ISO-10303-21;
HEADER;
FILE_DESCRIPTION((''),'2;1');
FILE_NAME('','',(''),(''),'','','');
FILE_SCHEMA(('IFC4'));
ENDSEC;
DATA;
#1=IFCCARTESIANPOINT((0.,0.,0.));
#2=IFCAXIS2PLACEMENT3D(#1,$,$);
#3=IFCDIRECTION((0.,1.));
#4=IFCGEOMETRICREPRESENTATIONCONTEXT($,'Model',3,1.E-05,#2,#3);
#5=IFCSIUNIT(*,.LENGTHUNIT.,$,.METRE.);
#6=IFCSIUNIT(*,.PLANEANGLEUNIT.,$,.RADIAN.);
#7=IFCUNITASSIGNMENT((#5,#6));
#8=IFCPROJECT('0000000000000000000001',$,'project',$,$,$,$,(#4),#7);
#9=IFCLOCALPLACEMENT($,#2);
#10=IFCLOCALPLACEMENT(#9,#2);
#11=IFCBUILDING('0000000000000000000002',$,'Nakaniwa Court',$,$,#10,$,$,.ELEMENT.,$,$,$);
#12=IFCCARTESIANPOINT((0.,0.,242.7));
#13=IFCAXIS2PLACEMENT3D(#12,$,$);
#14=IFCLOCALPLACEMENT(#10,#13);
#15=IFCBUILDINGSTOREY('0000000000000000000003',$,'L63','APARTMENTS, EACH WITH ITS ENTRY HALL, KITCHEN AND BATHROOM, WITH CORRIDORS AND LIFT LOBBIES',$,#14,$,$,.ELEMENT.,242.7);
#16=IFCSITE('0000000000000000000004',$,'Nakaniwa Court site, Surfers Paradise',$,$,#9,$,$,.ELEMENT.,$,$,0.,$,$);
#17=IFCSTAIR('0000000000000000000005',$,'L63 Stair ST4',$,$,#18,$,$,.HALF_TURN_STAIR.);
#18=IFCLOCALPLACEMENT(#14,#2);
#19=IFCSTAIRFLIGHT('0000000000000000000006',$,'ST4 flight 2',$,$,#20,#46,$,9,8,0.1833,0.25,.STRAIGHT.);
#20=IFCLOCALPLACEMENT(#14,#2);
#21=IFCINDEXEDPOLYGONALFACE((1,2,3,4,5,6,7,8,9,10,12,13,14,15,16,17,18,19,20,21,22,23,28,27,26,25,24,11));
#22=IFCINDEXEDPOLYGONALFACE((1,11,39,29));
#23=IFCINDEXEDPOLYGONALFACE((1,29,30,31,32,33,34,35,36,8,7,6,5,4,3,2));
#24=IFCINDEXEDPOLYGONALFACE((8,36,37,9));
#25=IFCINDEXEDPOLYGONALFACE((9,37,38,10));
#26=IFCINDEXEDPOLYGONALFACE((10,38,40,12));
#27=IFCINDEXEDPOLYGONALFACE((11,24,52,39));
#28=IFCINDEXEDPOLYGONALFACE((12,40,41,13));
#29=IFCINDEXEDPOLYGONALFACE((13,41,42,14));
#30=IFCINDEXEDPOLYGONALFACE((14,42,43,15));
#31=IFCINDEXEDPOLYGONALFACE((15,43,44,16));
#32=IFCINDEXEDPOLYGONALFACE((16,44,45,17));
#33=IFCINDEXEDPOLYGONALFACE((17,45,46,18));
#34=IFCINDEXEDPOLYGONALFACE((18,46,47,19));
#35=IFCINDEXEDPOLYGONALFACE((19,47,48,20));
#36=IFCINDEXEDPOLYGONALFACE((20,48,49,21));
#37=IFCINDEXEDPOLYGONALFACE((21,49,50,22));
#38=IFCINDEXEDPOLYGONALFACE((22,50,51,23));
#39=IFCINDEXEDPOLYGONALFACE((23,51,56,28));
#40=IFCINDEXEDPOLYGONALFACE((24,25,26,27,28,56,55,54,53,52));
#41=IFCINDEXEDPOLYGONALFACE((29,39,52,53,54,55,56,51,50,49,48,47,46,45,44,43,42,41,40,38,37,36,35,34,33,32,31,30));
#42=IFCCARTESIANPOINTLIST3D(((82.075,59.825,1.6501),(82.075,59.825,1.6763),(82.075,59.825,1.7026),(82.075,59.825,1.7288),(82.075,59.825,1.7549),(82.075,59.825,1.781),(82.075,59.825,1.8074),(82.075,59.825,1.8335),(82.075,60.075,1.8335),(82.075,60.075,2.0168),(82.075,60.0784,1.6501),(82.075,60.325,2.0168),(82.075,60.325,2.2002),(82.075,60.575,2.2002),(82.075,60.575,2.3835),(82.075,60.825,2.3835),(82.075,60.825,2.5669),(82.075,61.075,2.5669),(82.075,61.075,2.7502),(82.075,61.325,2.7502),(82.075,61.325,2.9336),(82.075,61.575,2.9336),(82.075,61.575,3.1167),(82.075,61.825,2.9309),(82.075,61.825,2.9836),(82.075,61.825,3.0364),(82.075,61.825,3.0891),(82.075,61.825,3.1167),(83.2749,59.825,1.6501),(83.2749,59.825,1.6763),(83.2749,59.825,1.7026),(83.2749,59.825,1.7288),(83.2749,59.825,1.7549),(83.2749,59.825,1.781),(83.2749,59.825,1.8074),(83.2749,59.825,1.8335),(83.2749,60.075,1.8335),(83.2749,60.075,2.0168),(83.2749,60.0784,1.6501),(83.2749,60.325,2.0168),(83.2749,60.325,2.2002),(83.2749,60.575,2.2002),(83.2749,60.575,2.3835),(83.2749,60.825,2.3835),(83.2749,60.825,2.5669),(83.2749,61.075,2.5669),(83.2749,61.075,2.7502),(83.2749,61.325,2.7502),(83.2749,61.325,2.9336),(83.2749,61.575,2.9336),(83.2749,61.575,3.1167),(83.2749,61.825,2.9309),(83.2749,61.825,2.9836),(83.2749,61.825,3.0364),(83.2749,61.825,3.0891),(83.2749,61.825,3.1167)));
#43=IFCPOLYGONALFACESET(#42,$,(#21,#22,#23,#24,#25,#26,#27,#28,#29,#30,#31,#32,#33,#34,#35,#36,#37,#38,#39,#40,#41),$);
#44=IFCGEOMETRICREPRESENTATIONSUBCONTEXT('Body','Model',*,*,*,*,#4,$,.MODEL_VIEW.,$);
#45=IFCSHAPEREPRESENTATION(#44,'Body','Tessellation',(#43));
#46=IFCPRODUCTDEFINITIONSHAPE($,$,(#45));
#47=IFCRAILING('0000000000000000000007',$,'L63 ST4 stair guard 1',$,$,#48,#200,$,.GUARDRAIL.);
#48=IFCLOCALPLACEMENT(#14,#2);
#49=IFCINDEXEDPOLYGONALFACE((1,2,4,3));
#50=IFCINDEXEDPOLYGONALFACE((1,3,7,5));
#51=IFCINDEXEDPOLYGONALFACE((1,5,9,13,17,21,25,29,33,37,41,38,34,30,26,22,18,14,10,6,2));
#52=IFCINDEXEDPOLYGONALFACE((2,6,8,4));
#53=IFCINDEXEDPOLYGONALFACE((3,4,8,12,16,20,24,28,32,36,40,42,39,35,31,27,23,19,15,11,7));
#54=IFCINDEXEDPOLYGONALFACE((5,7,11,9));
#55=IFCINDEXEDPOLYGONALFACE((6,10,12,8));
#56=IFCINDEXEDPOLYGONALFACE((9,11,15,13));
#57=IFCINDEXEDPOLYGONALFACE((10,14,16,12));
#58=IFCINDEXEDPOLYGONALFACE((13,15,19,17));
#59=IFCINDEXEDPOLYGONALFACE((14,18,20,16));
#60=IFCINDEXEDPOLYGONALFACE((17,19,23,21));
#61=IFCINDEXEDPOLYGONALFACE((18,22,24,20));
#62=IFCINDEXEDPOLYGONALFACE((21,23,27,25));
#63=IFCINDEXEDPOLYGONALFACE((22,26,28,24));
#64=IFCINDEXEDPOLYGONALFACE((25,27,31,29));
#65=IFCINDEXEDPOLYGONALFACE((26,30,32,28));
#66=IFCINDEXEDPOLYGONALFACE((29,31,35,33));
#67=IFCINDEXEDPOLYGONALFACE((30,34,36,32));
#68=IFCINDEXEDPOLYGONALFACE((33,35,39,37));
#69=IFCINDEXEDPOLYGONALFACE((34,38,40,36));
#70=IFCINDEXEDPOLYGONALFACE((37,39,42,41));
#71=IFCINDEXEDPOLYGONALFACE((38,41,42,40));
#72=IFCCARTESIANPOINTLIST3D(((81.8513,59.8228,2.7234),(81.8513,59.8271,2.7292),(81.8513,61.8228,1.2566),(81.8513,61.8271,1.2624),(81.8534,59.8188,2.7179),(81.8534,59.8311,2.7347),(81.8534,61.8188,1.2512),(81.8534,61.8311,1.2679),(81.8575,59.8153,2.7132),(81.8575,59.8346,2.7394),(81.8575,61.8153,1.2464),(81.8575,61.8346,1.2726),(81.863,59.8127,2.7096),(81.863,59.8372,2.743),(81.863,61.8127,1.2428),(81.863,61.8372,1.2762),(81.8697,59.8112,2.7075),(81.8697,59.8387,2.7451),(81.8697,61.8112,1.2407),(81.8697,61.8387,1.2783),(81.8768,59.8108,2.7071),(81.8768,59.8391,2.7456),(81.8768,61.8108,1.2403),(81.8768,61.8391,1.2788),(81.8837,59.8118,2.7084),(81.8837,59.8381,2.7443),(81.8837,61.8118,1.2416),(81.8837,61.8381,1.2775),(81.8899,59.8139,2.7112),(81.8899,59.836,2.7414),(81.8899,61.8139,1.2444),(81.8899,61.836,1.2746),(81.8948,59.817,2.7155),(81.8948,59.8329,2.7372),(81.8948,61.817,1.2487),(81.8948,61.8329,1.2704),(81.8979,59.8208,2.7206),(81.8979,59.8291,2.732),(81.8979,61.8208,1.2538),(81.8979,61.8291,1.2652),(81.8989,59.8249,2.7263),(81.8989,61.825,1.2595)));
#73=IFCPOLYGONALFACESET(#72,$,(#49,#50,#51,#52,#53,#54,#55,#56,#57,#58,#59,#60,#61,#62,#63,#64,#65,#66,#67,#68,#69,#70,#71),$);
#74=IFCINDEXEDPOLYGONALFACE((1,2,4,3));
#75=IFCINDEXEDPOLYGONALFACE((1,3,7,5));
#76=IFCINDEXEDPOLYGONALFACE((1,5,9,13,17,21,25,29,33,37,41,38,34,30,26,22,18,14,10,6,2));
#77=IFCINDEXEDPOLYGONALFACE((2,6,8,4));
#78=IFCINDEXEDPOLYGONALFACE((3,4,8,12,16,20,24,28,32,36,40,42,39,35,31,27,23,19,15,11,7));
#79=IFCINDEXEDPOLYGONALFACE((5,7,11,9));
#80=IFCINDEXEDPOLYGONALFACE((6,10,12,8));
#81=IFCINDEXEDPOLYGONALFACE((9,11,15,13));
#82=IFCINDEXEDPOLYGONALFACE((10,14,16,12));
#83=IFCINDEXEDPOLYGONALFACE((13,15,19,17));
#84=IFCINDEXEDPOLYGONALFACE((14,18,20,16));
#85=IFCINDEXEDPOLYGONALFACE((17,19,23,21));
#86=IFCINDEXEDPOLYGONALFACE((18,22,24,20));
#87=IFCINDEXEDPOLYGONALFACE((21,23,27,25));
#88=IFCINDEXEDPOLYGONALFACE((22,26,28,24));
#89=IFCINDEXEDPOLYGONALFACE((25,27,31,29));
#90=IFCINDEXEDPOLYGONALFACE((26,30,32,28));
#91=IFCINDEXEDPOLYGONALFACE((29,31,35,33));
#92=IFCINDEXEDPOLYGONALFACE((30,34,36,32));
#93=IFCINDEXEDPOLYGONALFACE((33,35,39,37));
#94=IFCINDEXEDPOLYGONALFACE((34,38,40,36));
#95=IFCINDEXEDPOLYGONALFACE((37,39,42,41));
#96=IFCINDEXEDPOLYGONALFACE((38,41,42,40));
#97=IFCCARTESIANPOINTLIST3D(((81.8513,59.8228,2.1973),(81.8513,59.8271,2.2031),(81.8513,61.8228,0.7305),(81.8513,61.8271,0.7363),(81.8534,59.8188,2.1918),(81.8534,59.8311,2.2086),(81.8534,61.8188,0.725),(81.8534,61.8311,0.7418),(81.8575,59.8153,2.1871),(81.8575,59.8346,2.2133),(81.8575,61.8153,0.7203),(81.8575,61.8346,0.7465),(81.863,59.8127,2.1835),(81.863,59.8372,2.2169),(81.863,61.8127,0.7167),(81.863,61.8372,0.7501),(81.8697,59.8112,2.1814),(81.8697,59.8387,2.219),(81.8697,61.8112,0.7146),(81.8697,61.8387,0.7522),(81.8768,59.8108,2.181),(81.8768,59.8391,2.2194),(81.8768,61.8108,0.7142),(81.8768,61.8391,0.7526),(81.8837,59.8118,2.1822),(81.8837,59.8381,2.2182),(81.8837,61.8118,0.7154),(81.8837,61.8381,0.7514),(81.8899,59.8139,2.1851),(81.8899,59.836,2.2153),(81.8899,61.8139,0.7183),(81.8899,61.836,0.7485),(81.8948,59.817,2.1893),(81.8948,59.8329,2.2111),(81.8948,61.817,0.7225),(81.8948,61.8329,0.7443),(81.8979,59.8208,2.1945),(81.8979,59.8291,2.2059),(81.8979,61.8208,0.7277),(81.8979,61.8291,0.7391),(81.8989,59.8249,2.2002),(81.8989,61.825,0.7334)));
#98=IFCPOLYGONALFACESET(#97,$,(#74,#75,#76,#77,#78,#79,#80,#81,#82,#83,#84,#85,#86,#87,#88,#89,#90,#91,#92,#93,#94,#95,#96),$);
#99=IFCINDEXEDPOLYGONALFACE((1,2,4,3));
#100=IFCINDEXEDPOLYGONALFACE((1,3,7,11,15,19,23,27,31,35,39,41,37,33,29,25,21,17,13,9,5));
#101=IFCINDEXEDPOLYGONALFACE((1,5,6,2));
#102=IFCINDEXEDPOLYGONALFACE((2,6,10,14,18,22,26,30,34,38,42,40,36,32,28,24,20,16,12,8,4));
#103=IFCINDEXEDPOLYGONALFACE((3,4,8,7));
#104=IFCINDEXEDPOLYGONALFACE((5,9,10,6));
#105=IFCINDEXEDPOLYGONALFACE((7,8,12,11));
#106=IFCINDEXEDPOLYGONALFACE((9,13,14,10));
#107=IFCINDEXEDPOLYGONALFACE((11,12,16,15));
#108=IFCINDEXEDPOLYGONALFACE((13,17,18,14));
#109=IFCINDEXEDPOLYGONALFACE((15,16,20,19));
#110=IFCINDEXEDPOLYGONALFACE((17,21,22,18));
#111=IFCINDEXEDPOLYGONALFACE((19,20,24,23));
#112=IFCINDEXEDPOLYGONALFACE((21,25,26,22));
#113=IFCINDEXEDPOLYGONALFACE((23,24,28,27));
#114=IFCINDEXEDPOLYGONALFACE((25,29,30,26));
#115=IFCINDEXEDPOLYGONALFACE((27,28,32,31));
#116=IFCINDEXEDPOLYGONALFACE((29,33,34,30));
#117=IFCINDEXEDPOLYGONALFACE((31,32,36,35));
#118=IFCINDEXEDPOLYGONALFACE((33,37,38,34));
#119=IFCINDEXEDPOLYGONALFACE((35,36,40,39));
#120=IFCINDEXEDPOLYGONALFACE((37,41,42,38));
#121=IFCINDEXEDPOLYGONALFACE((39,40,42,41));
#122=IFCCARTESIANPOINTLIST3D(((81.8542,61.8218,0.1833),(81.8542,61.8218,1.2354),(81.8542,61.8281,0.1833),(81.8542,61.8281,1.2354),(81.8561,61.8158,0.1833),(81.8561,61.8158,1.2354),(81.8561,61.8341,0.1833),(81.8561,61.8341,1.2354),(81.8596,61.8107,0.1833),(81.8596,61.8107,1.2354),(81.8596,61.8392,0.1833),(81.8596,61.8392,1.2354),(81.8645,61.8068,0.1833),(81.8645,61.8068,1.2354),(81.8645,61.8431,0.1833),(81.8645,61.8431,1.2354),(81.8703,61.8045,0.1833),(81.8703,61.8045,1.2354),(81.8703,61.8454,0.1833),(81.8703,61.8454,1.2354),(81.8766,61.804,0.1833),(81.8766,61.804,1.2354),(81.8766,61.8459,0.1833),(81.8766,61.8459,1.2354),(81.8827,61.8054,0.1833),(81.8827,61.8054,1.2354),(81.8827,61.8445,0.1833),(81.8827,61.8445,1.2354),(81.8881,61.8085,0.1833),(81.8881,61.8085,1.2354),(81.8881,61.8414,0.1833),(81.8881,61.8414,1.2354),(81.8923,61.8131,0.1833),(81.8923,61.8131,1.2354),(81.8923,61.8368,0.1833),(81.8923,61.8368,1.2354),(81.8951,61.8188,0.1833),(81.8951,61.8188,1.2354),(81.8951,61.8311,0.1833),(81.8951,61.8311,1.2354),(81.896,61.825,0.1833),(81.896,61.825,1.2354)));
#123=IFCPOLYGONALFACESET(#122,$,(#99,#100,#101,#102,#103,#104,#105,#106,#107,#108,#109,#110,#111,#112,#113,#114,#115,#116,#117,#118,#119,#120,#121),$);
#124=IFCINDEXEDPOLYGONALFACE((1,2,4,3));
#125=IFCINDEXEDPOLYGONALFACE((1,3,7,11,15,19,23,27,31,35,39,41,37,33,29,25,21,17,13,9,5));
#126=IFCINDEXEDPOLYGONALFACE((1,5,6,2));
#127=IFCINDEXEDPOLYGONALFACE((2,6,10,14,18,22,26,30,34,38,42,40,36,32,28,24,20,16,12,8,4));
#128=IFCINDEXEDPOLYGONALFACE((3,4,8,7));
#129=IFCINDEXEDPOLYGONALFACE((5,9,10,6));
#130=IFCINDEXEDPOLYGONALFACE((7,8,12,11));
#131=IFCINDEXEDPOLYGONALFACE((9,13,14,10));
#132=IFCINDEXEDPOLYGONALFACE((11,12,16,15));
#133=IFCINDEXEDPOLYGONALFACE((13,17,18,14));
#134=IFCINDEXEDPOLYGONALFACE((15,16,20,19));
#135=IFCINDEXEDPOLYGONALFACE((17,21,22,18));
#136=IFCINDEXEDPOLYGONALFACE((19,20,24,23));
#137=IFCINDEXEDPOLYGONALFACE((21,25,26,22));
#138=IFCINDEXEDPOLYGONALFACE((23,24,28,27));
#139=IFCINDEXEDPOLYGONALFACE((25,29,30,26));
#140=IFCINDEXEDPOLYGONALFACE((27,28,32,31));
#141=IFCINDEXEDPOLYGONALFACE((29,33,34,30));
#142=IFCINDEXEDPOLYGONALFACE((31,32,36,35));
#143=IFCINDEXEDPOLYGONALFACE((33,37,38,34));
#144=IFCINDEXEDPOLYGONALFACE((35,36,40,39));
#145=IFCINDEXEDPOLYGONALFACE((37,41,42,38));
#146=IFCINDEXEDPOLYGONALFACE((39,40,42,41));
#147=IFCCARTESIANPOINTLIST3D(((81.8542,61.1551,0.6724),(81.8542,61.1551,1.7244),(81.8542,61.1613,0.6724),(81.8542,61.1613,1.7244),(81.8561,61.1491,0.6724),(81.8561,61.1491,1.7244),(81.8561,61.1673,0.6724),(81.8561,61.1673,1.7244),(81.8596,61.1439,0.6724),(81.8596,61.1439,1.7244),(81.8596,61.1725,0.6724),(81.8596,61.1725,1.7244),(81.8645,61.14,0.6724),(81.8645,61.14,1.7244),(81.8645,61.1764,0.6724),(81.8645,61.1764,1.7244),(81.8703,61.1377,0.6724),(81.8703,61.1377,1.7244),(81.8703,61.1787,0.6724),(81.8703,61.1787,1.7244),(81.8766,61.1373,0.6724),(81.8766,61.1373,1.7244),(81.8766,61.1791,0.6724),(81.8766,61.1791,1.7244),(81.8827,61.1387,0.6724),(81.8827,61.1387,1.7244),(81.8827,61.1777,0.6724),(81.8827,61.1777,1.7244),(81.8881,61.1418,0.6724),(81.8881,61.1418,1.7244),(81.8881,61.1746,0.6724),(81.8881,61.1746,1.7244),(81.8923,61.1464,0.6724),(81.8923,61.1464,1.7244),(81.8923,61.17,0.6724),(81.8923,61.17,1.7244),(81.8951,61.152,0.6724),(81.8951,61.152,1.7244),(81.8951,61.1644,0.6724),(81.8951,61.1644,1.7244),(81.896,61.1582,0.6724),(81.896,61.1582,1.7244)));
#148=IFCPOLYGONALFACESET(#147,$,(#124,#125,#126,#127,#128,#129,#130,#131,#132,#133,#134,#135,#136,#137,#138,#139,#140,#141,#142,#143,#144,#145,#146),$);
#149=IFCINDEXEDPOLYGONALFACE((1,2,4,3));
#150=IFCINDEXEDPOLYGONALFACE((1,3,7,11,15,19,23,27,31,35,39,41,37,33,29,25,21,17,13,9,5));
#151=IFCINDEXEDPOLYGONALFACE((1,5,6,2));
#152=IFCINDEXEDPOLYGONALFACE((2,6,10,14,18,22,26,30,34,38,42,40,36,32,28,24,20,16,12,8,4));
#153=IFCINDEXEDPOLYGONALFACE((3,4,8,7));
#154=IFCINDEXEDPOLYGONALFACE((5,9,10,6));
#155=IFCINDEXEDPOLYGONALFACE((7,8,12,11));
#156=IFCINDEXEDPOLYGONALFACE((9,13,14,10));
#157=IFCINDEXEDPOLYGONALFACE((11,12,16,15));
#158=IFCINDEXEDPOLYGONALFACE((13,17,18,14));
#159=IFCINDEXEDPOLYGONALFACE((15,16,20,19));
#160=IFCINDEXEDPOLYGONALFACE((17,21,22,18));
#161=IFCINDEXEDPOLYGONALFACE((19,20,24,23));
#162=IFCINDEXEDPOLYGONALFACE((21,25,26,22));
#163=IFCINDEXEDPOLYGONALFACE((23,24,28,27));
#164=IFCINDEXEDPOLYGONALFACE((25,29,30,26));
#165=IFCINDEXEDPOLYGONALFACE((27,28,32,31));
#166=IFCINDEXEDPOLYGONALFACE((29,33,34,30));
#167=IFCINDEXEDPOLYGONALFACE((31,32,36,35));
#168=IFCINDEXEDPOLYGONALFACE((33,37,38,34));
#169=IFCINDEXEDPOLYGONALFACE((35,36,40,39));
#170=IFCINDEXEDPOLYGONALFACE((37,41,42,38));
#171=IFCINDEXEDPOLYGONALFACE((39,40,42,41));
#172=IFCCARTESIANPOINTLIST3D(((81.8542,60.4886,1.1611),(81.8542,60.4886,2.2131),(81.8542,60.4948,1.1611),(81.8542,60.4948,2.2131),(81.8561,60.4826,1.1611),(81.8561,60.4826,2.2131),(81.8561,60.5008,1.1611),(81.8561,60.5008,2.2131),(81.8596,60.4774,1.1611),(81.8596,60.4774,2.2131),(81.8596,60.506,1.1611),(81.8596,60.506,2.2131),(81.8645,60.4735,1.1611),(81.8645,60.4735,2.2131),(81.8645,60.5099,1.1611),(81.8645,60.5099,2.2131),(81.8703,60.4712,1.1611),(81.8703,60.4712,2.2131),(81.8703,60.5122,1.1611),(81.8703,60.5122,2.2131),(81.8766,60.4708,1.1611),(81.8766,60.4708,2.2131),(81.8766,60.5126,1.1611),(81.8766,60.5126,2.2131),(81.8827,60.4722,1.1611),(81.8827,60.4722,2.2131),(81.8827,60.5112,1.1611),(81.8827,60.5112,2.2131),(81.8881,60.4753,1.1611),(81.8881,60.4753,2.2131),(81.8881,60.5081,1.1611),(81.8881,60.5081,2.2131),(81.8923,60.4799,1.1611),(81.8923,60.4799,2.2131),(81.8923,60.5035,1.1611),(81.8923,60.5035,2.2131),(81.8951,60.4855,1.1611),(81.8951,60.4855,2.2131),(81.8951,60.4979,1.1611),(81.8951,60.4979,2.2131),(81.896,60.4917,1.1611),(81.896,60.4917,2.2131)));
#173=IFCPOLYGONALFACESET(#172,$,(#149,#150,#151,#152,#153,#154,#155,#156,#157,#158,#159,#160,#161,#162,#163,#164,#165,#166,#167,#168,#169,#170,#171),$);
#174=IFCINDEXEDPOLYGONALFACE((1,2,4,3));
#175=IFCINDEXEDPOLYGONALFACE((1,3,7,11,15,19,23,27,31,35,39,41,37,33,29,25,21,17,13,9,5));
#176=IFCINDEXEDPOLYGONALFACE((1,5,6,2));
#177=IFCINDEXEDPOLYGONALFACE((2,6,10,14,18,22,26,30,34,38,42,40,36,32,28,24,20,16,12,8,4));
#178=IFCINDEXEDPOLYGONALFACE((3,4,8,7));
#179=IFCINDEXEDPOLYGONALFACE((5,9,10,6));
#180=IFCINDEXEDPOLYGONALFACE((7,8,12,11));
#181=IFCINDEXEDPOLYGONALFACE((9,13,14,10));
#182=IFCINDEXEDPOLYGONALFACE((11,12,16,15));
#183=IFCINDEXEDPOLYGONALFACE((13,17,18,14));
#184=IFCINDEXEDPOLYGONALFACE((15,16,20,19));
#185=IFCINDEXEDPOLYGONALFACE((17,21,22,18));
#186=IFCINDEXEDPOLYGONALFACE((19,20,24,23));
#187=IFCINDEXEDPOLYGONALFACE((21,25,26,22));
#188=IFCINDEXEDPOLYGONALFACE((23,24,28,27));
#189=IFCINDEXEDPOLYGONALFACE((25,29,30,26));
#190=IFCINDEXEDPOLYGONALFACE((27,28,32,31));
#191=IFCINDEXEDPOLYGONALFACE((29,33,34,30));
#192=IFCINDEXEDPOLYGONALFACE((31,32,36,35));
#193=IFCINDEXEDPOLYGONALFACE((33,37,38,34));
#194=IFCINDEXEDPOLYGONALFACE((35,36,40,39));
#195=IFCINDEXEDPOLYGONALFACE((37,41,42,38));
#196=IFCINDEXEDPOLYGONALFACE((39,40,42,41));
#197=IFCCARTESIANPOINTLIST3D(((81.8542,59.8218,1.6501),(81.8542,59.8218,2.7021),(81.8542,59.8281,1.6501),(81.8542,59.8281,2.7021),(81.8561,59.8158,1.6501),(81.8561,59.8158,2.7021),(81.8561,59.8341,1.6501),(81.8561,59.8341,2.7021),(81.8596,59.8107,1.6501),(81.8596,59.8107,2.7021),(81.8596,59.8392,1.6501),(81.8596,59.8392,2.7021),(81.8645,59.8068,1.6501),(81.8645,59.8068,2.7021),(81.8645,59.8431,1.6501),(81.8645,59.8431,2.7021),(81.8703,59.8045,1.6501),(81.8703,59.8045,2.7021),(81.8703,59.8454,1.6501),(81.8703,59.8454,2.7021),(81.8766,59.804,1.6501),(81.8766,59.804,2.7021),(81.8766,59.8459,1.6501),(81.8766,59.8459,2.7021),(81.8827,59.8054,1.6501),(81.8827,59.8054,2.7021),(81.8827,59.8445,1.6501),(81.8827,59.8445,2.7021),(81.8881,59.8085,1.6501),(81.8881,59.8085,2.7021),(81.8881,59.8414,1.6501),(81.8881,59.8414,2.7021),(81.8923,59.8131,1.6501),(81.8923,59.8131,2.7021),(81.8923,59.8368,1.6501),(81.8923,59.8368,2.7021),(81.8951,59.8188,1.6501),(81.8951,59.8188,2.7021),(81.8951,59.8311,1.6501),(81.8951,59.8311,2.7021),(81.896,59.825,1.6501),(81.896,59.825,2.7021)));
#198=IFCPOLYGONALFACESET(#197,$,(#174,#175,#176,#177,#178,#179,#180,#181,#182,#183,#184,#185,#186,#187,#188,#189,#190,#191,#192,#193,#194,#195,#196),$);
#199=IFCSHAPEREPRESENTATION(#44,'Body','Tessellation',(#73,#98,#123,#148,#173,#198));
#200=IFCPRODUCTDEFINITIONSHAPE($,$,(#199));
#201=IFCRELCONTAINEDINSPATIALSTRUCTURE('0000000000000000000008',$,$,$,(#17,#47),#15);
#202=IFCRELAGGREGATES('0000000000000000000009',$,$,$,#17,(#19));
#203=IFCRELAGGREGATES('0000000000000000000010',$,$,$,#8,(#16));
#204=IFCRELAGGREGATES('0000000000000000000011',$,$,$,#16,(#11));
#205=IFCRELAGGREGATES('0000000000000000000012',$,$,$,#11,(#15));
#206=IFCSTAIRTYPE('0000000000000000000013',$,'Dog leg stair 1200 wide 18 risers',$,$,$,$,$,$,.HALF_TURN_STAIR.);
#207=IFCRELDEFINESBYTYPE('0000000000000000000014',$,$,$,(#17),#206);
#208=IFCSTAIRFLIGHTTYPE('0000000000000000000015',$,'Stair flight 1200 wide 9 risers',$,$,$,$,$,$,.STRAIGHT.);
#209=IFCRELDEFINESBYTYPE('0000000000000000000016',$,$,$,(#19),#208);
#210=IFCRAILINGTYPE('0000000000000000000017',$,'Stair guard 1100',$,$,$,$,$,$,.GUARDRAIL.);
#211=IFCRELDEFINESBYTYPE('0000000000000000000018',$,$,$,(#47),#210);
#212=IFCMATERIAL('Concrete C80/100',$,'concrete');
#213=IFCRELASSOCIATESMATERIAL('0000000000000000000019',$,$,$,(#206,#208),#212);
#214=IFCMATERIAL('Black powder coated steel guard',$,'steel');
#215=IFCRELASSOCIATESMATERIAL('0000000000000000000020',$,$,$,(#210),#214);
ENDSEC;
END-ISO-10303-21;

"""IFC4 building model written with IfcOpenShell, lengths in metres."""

from ifc_helpers import new_model, si_unit, direction, frame, origin, origin_2d, place, context, subcontext, project, spatial, polyline, circle, outline, extrude, material, type_object, element, aggregate, save


model = new_model("IFC4")

# Units and contexts
model_context = context("Model", 3, precision=1e-05, world=origin(), true_north=direction((0.0, 1.0)))
body_context = subcontext(model_context, "Body", "Model", "MODEL_VIEW")
ifc_project = project(units=[si_unit("LENGTHUNIT", "METRE"), si_unit("PLANEANGLEUNIT", "RADIAN")], contexts=[model_context])

# Site, building, storey
site_placement = place(None, origin())
site = spatial("IfcSite", under=ifc_project, at=site_placement, Name="Nakaniwa Court site, Surfers Paradise", CompositionType="ELEMENT", RefElevation=0.0)
building_placement = place(site_placement, origin())
building = spatial("IfcBuilding", under=site, at=building_placement, Name="Nakaniwa Court", CompositionType="ELEMENT")
storey_placement = place(building_placement, frame((0.0, 0.0, 242.7)))
storey = spatial("IfcBuildingStorey", under=building, at=storey_placement, Name="L63", Description="APARTMENTS, EACH WITH ITS ENTRY HALL, KITCHEN AND BATHROOM, WITH CORRIDORS AND LIFT LOBBIES", CompositionType="ELEMENT", Elevation=242.7)

# Shared definitions
ifc_material_1 = material(Name="Concrete C80/100", Category="concrete")

# Stair, stair flight
stair_type = type_object("IfcStairType", Name="Dog leg stair 1200 wide 18 risers", PredefinedType="HALF_TURN_STAIR", material=ifc_material_1)
stair_placement = place(storey_placement, origin())
stair = element("IfcStair", 1, at=stair_placement, inside=storey, type_object=stair_type, Name="L63 Stair ST4", PredefinedType="HALF_TURN_STAIR")
stair_flight_type = type_object("IfcStairFlightType", Name="Stair flight 1200 wide 9 risers", PredefinedType="STRAIGHT", material=ifc_material_1)
stair_flight_1_placement = place(storey_placement, frame((82.675, 59.825, 1.6501), z_axis=(0.0, 0.0, 1.0), x_axis=(0.0, 1.0, 0.0)))
stair_flight_1 = element("IfcStairFlight", 2, at=stair_flight_1_placement, type_object=stair_flight_type, Name="ST4 flight 2", NumberOfRisers=9, NumberOfTreads=8, PredefinedType="STRAIGHT", RiserHeight=0.1833, TreadLength=0.25, context=body_context, shape_type="SweptSolid", body=[
    extrude(outline(polyline([(0.0, 0.0), (0.0, 0.0261), (0.0, 0.0525), (0.0, 0.0786), (0.0, 0.1047), (0.0, 0.1309), (0.0, 0.1572), (0.0, 0.1833), (0.25, 0.1833), (0.25, 0.3667), (0.5, 0.3667), (0.5, 0.55), (0.75, 0.55), (0.75, 0.7334), (1.0, 0.7334), (1.0, 0.9167), (1.25, 0.9167), (1.25, 1.1001), (1.5, 1.1001), (1.5, 1.2834), (1.75, 1.2834), (1.75, 1.4666), (2.0, 1.4666), (2.0, 1.6499), (2.0, 1.5972), (2.0, 1.5444), (2.0, 1.4917), (2.0, 1.439), (2.0, 1.3862), (2.0, 1.3335), (2.0, 1.2808), (0.2534, 0.0), (0.0, 0.0)])), frame((0.0, 0.6001, 0.0), z_axis=(0.0, -1.0, 0.0), x_axis=(1.0, 0.0, 0.0)), (0.0, 0.0, 1.0), 1.2),
])
aggregate(stair, [stair_flight_1])

# Railing
ifc_material_2 = material(Name="Black powder coated steel guard", Category="steel")
railing_type_1 = type_object("IfcRailingType", Name="Stair guard 1100", PredefinedType="GUARDRAIL", material=ifc_material_2)
railing_1_placement = place(storey_placement, frame((81.875, 61.825, 0.1833)))
element("IfcRailing", 3, at=railing_1_placement, inside=storey, type_object=railing_type_1, Name="L63 ST4 stair guard 1", PredefinedType="GUARDRAIL", context=body_context, shape_type="SweptSolid", body=[
    extrude(circle(Radius=0.0239, at=origin_2d()), frame((0.0, 0.0, 1.0762), z_axis=(0.0, -0.80638, 0.591398), x_axis=(1.0, 0.0, 0.0)), (0.0, 0.0, 1.0), 2.4802),
    extrude(circle(Radius=0.0239, at=origin_2d()), frame((0.0, 0.0, 0.55), z_axis=(0.0, -0.80638, 0.591398), x_axis=(1.0, 0.0, 0.0)), (0.0, 0.0, 1.0), 2.4802),
    extrude(circle(Radius=0.021, at=origin_2d()), origin(), (0.0, 0.0, 1.0), 1.052),
    extrude(circle(Radius=0.021, at=origin_2d()), frame((0.0, -0.6667, 0.489)), (0.0, 0.0, 1.0), 1.052),
    extrude(circle(Radius=0.021, at=origin_2d()), frame((0.0, -1.3333, 0.9778)), (0.0, 0.0, 1.0), 1.052),
    extrude(circle(Radius=0.021, at=origin_2d()), frame((0.0, -2.0, 1.4668)), (0.0, 0.0, 1.0), 1.052),
])

save(model, "model.ifc")
